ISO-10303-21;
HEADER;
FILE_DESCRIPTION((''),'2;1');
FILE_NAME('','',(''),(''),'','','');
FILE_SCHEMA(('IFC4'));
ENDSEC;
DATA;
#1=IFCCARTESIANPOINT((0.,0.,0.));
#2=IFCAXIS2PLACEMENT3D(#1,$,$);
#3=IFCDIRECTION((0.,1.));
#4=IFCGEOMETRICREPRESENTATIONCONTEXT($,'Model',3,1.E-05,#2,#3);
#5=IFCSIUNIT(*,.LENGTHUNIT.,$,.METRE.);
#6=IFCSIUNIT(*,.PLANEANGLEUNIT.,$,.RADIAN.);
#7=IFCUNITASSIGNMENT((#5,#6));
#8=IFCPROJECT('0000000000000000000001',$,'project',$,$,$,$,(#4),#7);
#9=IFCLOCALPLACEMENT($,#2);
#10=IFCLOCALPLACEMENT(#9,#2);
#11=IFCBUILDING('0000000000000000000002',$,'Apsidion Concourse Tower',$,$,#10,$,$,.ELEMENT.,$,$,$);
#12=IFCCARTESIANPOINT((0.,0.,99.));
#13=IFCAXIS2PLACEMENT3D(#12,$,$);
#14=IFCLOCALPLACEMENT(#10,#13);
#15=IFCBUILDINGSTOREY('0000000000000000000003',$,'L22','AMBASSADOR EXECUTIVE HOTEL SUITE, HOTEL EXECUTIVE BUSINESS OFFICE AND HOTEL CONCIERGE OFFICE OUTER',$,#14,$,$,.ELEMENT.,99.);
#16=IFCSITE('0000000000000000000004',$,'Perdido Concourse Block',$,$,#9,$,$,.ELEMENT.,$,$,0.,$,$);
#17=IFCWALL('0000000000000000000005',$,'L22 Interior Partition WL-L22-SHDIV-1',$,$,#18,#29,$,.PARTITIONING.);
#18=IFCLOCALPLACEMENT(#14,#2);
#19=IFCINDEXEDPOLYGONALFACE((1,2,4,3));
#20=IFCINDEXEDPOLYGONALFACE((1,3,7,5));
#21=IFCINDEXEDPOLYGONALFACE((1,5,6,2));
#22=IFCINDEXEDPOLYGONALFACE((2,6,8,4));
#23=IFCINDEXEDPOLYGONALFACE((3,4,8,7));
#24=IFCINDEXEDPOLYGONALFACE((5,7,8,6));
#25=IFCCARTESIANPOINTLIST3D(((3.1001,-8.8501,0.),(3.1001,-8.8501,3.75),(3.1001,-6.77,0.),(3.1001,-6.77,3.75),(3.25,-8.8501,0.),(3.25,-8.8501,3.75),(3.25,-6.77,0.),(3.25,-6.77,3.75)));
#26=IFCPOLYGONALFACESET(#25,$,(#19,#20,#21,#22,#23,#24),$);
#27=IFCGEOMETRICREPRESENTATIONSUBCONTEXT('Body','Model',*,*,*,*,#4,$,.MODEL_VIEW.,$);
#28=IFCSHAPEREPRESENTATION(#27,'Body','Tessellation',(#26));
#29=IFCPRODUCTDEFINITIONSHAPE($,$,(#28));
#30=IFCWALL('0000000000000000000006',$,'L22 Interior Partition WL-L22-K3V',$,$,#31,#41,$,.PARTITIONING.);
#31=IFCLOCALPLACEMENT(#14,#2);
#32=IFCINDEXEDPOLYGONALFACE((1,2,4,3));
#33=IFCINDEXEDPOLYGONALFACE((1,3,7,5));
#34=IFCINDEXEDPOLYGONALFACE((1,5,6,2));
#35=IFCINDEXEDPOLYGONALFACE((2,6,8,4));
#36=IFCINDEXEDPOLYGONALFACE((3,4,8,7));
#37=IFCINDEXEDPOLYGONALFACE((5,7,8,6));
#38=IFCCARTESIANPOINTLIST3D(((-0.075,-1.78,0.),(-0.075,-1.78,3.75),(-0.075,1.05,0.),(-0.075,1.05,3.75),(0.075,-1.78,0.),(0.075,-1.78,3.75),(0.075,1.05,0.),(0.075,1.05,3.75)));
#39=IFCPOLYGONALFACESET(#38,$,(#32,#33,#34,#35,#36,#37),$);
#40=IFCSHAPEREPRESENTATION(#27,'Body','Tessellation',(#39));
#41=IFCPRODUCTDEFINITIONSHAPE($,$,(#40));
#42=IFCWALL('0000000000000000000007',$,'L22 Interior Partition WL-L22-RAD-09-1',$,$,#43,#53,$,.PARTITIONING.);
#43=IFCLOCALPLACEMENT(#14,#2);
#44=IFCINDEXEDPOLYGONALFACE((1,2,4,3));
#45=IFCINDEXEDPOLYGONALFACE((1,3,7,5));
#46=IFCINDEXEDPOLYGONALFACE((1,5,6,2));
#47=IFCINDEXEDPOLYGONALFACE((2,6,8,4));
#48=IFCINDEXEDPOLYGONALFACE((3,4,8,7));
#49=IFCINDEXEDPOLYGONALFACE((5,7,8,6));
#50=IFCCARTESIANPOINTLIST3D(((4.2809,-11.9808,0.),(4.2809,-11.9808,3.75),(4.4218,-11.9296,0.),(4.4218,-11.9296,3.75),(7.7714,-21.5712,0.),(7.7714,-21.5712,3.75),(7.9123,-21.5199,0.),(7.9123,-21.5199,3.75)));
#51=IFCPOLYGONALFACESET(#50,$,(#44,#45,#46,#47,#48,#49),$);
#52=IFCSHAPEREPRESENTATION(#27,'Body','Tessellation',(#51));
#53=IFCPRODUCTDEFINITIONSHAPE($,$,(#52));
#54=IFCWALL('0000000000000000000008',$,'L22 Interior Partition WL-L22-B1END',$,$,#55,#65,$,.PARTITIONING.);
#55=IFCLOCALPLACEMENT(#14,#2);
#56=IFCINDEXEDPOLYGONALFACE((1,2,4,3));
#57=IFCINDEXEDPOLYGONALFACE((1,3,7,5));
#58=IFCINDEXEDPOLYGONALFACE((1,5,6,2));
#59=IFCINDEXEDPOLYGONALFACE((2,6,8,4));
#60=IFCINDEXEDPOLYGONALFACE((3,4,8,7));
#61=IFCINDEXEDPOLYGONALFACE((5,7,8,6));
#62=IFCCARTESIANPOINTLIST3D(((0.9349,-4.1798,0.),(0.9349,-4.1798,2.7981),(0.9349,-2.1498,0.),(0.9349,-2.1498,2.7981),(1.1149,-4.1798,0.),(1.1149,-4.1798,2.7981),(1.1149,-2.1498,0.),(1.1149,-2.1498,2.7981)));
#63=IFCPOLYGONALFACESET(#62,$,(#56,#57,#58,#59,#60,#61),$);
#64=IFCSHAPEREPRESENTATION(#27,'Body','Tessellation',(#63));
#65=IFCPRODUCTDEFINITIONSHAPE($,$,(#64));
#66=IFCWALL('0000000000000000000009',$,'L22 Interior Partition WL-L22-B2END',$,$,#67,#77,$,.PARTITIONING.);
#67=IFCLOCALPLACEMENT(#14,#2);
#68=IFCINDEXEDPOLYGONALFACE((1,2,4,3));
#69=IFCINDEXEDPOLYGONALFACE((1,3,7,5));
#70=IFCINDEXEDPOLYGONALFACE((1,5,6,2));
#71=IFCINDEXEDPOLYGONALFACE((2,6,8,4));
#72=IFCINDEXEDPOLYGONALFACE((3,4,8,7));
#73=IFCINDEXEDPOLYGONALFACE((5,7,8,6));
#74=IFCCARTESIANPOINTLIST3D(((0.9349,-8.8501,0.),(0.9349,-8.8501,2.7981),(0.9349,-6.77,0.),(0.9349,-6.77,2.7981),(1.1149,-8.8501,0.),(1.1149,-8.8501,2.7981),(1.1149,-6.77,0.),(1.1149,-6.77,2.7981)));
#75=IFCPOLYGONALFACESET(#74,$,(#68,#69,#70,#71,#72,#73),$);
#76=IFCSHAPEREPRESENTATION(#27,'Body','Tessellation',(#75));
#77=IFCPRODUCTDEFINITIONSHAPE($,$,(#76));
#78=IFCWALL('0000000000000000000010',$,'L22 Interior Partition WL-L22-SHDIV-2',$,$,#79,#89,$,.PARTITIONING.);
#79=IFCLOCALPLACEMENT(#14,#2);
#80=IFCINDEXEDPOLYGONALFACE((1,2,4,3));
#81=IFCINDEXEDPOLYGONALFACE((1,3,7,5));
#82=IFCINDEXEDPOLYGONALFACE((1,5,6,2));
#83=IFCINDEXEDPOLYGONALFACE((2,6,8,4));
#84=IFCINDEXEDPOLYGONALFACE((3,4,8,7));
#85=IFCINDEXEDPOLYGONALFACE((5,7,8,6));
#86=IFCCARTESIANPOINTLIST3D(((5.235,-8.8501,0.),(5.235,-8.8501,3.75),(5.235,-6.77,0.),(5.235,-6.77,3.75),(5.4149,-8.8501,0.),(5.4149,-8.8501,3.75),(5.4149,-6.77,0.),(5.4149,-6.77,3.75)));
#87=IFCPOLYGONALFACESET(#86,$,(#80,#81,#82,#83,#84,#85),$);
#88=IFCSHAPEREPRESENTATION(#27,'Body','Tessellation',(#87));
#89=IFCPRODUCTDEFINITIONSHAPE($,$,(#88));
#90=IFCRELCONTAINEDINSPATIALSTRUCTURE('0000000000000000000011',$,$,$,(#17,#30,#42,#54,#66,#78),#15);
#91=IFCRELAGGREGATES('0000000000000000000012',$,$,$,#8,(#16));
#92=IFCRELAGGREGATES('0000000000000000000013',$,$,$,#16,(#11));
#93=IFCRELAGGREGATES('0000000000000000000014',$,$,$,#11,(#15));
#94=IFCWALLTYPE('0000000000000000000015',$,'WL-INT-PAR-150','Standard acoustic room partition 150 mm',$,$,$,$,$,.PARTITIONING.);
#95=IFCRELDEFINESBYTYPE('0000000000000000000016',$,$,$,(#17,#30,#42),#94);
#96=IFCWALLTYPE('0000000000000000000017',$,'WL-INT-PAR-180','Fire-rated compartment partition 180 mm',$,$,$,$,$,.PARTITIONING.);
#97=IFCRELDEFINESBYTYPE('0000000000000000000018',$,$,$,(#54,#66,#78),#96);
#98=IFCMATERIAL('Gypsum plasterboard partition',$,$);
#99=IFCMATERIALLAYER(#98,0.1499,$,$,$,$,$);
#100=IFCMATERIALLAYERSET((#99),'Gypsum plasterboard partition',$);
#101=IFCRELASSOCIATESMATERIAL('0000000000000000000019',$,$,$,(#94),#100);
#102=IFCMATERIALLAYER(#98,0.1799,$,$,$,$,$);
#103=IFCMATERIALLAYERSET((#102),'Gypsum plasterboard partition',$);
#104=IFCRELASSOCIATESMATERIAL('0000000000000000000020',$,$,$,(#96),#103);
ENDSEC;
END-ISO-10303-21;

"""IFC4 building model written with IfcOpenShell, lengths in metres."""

from ifc_helpers import new_model, si_unit, direction, frame, frame_2d, origin, place, context, subcontext, project, spatial, rectangle, extrude, material, layer, layer_set, type_object, element, save


model = new_model("IFC4")

# Units and contexts
model_context = context("Model", 3, precision=1e-05, world=origin(), true_north=direction((0.0, 1.0)))
body_context = subcontext(model_context, "Body", "Model", "MODEL_VIEW")
ifc_project = project(units=[si_unit("LENGTHUNIT", "METRE"), si_unit("PLANEANGLEUNIT", "RADIAN")], contexts=[model_context])

# Site, building, storey
site_placement = place(None, origin())
site = spatial("IfcSite", under=ifc_project, at=site_placement, Name="Perdido Concourse Block", CompositionType="ELEMENT", RefElevation=0.0)
building_placement = place(site_placement, origin())
building = spatial("IfcBuilding", under=site, at=building_placement, Name="Apsidion Concourse Tower", CompositionType="ELEMENT")
storey_placement = place(building_placement, frame((0.0, 0.0, 99.0)))
storey = spatial("IfcBuildingStorey", under=building, at=storey_placement, Name="L22", Description="AMBASSADOR EXECUTIVE HOTEL SUITE, HOTEL EXECUTIVE BUSINESS OFFICE AND HOTEL CONCIERGE OFFICE OUTER", CompositionType="ELEMENT", Elevation=99.0)

# Walls
ifc_material_1 = material(Name="Gypsum plasterboard partition")
ifc_layer_1 = layer(ifc_material_1, 0.1499)
ifc_layer_set_1 = layer_set([ifc_layer_1], Name="Gypsum plasterboard partition")
wall_type_1 = type_object("IfcWallType", Name="WL-INT-PAR-150", Description="Standard acoustic room partition 150 mm", PredefinedType="PARTITIONING", material=ifc_layer_set_1)
wall_1_placement = place(storey_placement, frame((3.175, -8.8501, 0.0), z_axis=(0.0, 0.0, 1.0), x_axis=(0.0, 1.0, 0.0)))
element("IfcWall", 1, at=wall_1_placement, inside=storey, type_object=wall_type_1, Name="L22 Interior Partition WL-L22-SHDIV-1", PredefinedType="PARTITIONING", context=body_context, shape_type="SweptSolid", body=[
    extrude(rectangle(XDim=2.0801, YDim=0.1499, at=frame_2d((1.04, 0.0))), origin(), (0.0, 0.0, 1.0), 3.75),
])
wall_2_placement = place(storey_placement, frame((0.0, -1.78, 0.0), z_axis=(0.0, 0.0, 1.0), x_axis=(0.0, 1.0, 0.0)))
element("IfcWall", 2, at=wall_2_placement, inside=storey, type_object=wall_type_1, Name="L22 Interior Partition WL-L22-K3V", PredefinedType="PARTITIONING", context=body_context, shape_type="SweptSolid", body=[
    extrude(rectangle(XDim=2.8301, YDim=0.1499, at=frame_2d((1.415, 0.0))), origin(), (0.0, 0.0, 1.0), 3.75),
])
wall_3_placement = place(storey_placement, frame((4.3513, -11.9551, 0.0), z_axis=(0.0, 0.0, 1.0), x_axis=(0.34201, -0.939696, 0.0)))
element("IfcWall", 3, at=wall_3_placement, inside=storey, type_object=wall_type_1, Name="L22 Interior Partition WL-L22-RAD-09-1", PredefinedType="PARTITIONING", context=body_context, shape_type="SweptSolid", body=[
    extrude(rectangle(XDim=10.2058, YDim=0.1499, at=frame_2d((5.103, 0.0))), origin(), (0.0, 0.0, 1.0), 3.75),
])
ifc_layer_2 = layer(ifc_material_1, 0.1799)
ifc_layer_set_2 = layer_set([ifc_layer_2], Name="Gypsum plasterboard partition")
wall_type_2 = type_object("IfcWallType", Name="WL-INT-PAR-180", Description="Fire-rated compartment partition 180 mm", PredefinedType="PARTITIONING", material=ifc_layer_set_2)
wall_4_placement = place(storey_placement, frame((1.0249, -4.1799, 0.0), z_axis=(0.0, 0.0, 1.0), x_axis=(0.0, 1.0, 0.0)))
element("IfcWall", 4, at=wall_4_placement, inside=storey, type_object=wall_type_2, Name="L22 Interior Partition WL-L22-B1END", PredefinedType="PARTITIONING", context=body_context, shape_type="SweptSolid", body=[
    extrude(rectangle(XDim=2.03, YDim=0.1799, at=frame_2d((1.0151, 0.0))), origin(), (0.0, 0.0, 1.0), 2.7981),
])
wall_5_placement = place(storey_placement, frame((1.0249, -8.8501, 0.0), z_axis=(0.0, 0.0, 1.0), x_axis=(0.0, 1.0, 0.0)))
element("IfcWall", 5, at=wall_5_placement, inside=storey, type_object=wall_type_2, Name="L22 Interior Partition WL-L22-B2END", PredefinedType="PARTITIONING", context=body_context, shape_type="SweptSolid", body=[
    extrude(rectangle(XDim=2.0801, YDim=0.1799, at=frame_2d((1.04, 0.0))), origin(), (0.0, 0.0, 1.0), 2.7981),
])
wall_6_placement = place(storey_placement, frame((5.325, -8.8501, 0.0), z_axis=(0.0, 0.0, 1.0), x_axis=(0.0, 1.0, 0.0)))
element("IfcWall", 6, at=wall_6_placement, inside=storey, type_object=wall_type_2, Name="L22 Interior Partition WL-L22-SHDIV-2", PredefinedType="PARTITIONING", context=body_context, shape_type="SweptSolid", body=[
    extrude(rectangle(XDim=2.0801, YDim=0.1799, at=frame_2d((1.04, 0.0))), origin(), (0.0, 0.0, 1.0), 3.75),
])

save(model, "model.ifc")
